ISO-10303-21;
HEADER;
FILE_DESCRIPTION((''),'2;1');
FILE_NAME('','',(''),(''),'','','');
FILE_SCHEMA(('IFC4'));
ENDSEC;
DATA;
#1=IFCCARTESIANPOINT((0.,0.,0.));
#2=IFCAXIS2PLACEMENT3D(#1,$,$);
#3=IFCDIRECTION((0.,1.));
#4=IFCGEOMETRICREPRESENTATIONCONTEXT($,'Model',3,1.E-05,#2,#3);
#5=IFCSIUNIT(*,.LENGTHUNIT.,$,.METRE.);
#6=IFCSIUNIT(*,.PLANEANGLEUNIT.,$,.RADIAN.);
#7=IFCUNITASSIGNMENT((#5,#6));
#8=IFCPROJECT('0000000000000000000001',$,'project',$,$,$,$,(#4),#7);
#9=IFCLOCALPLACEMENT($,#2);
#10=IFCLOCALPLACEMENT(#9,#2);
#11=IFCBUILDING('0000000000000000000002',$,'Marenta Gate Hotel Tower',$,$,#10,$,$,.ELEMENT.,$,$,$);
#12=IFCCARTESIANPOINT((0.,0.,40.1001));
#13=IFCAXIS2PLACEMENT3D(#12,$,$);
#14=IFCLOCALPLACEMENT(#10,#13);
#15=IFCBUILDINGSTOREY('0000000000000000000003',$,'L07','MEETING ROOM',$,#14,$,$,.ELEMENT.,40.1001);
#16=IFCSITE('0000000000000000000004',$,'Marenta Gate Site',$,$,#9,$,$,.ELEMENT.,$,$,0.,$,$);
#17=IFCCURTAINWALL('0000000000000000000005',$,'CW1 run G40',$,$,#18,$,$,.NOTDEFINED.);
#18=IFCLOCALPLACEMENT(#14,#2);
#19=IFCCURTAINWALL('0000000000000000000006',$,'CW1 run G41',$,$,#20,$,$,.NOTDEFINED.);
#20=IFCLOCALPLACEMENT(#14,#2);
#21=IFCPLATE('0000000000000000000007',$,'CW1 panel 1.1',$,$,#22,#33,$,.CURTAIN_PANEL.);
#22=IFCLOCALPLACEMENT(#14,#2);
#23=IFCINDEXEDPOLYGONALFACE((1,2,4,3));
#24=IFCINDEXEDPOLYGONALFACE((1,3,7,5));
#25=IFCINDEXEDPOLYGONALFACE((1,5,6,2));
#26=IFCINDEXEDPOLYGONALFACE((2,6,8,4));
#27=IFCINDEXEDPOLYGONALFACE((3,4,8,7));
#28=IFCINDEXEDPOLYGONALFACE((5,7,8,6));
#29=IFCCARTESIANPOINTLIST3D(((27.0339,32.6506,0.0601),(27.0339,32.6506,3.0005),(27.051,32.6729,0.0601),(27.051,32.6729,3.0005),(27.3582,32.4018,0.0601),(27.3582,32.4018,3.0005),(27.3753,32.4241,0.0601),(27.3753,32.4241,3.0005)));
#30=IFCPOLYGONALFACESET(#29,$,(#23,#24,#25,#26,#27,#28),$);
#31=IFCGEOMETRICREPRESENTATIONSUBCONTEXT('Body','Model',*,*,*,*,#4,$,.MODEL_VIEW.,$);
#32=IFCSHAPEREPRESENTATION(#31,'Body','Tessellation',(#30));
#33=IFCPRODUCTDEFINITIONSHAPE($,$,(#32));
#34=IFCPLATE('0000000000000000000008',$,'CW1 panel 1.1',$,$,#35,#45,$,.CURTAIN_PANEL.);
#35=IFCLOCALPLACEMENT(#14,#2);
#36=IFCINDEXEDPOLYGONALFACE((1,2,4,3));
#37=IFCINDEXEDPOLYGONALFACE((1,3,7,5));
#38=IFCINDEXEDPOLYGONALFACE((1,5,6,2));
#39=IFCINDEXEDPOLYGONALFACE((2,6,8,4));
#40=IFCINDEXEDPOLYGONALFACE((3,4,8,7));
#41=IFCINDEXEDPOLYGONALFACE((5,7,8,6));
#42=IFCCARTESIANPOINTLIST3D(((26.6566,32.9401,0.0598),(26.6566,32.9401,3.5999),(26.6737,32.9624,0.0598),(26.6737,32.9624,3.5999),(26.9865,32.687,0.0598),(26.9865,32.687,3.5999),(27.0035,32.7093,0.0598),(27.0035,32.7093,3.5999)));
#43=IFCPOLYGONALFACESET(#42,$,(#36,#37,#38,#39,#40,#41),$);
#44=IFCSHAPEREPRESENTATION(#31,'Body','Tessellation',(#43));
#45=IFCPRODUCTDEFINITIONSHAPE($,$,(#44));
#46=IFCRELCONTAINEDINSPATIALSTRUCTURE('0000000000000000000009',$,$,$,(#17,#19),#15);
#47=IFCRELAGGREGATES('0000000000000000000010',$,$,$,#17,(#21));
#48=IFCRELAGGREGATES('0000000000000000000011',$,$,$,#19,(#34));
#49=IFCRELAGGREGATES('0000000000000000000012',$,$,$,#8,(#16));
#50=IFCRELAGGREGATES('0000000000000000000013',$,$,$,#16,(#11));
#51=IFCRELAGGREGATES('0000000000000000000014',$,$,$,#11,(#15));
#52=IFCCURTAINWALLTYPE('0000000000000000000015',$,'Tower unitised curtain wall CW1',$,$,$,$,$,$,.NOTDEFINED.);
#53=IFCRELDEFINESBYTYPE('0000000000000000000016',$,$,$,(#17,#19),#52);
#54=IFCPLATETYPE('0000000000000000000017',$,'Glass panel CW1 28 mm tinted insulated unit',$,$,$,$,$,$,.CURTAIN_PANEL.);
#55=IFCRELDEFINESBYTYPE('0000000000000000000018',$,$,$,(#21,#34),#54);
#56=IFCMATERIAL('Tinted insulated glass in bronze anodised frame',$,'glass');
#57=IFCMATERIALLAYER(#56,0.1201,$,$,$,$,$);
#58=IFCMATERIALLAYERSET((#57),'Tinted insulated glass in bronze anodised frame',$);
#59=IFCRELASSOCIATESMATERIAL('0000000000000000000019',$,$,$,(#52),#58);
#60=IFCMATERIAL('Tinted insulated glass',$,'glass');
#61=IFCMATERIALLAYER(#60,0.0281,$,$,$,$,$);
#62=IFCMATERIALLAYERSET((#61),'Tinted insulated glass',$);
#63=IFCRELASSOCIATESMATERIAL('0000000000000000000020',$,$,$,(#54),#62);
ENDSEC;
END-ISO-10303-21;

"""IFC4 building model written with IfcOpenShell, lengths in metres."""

from ifc_helpers import new_model, si_unit, direction, frame, origin, origin_2d, place, context, subcontext, project, spatial, rectangle, extrude, material, layer, layer_set, type_object, element, aggregate, save


model = new_model("IFC4")

# Units and contexts
model_context = context("Model", 3, precision=1e-05, world=origin(), true_north=direction((0.0, 1.0)))
body_context = subcontext(model_context, "Body", "Model", "MODEL_VIEW")
ifc_project = project(units=[si_unit("LENGTHUNIT", "METRE"), si_unit("PLANEANGLEUNIT", "RADIAN")], contexts=[model_context])

# Site, building, storey
site_placement = place(None, origin())
site = spatial("IfcSite", under=ifc_project, at=site_placement, Name="Marenta Gate Site", CompositionType="ELEMENT", RefElevation=0.0)
building_placement = place(site_placement, origin())
building = spatial("IfcBuilding", under=site, at=building_placement, Name="Marenta Gate Hotel Tower", CompositionType="ELEMENT")
storey_placement = place(building_placement, frame((0.0, 0.0, 40.1001)))
storey = spatial("IfcBuildingStorey", under=building, at=storey_placement, Name="L07", Description="MEETING ROOM", CompositionType="ELEMENT", Elevation=40.1001)

# Curtain walls
ifc_material_1 = material(Name="Tinted insulated glass in bronze anodised frame", Category="glass")
ifc_layer_1 = layer(ifc_material_1, 0.1201)
ifc_layer_set_1 = layer_set([ifc_layer_1], Name="Tinted insulated glass in bronze anodised frame")
curtain_wall_type = type_object("IfcCurtainWallType", Name="Tower unitised curtain wall CW1", PredefinedType="NOTDEFINED", material=ifc_layer_set_1)
curtain_wall_1_placement = place(storey_placement, origin())
curtain_wall_1 = element("IfcCurtainWall", 1, at=curtain_wall_1_placement, inside=storey, type_object=curtain_wall_type, Name="CW1 run G40", PredefinedType="NOTDEFINED")
curtain_wall_2_placement = place(storey_placement, origin())
curtain_wall_2 = element("IfcCurtainWall", 2, at=curtain_wall_2_placement, inside=storey, type_object=curtain_wall_type, Name="CW1 run G41", PredefinedType="NOTDEFINED")

# Plates
ifc_material_2 = material(Name="Tinted insulated glass", Category="glass")
ifc_layer_2 = layer(ifc_material_2, 0.0281)
ifc_layer_set_2 = layer_set([ifc_layer_2], Name="Tinted insulated glass")
plate_type = type_object("IfcPlateType", Name="Glass panel CW1 28 mm tinted insulated unit", PredefinedType="CURTAIN_PANEL", material=ifc_layer_set_2)
plate_1_placement = place(storey_placement, frame((27.2046, 32.5374, 0.0601), z_axis=(0.0, 0.0, 1.0), x_axis=(-0.793345, 0.608772, 0.0)))
plate_1 = element("IfcPlate", 3, at=plate_1_placement, type_object=plate_type, Name="CW1 panel 1.1", PredefinedType="CURTAIN_PANEL", context=body_context, shape_type="SweptSolid", body=[
    extrude(rectangle(XDim=0.4087, YDim=0.0281, at=origin_2d()), origin(), (0.0, 0.0, 1.0), 2.9404),
])
aggregate(curtain_wall_1, [plate_1])
plate_2_placement = place(storey_placement, frame((26.8301, 32.8247, 0.0598), z_axis=(0.0, 0.0, 1.0), x_axis=(-0.793342, 0.608776, 0.0)))
plate_2 = element("IfcPlate", 4, at=plate_2_placement, type_object=plate_type, Name="CW1 panel 1.1", PredefinedType="CURTAIN_PANEL", context=body_context, shape_type="SweptSolid", body=[
    extrude(rectangle(XDim=0.4158, YDim=0.0281, at=origin_2d()), origin(), (0.0, 0.0, 1.0), 3.54),
])
aggregate(curtain_wall_2, [plate_2])

save(model, "model.ifc")
